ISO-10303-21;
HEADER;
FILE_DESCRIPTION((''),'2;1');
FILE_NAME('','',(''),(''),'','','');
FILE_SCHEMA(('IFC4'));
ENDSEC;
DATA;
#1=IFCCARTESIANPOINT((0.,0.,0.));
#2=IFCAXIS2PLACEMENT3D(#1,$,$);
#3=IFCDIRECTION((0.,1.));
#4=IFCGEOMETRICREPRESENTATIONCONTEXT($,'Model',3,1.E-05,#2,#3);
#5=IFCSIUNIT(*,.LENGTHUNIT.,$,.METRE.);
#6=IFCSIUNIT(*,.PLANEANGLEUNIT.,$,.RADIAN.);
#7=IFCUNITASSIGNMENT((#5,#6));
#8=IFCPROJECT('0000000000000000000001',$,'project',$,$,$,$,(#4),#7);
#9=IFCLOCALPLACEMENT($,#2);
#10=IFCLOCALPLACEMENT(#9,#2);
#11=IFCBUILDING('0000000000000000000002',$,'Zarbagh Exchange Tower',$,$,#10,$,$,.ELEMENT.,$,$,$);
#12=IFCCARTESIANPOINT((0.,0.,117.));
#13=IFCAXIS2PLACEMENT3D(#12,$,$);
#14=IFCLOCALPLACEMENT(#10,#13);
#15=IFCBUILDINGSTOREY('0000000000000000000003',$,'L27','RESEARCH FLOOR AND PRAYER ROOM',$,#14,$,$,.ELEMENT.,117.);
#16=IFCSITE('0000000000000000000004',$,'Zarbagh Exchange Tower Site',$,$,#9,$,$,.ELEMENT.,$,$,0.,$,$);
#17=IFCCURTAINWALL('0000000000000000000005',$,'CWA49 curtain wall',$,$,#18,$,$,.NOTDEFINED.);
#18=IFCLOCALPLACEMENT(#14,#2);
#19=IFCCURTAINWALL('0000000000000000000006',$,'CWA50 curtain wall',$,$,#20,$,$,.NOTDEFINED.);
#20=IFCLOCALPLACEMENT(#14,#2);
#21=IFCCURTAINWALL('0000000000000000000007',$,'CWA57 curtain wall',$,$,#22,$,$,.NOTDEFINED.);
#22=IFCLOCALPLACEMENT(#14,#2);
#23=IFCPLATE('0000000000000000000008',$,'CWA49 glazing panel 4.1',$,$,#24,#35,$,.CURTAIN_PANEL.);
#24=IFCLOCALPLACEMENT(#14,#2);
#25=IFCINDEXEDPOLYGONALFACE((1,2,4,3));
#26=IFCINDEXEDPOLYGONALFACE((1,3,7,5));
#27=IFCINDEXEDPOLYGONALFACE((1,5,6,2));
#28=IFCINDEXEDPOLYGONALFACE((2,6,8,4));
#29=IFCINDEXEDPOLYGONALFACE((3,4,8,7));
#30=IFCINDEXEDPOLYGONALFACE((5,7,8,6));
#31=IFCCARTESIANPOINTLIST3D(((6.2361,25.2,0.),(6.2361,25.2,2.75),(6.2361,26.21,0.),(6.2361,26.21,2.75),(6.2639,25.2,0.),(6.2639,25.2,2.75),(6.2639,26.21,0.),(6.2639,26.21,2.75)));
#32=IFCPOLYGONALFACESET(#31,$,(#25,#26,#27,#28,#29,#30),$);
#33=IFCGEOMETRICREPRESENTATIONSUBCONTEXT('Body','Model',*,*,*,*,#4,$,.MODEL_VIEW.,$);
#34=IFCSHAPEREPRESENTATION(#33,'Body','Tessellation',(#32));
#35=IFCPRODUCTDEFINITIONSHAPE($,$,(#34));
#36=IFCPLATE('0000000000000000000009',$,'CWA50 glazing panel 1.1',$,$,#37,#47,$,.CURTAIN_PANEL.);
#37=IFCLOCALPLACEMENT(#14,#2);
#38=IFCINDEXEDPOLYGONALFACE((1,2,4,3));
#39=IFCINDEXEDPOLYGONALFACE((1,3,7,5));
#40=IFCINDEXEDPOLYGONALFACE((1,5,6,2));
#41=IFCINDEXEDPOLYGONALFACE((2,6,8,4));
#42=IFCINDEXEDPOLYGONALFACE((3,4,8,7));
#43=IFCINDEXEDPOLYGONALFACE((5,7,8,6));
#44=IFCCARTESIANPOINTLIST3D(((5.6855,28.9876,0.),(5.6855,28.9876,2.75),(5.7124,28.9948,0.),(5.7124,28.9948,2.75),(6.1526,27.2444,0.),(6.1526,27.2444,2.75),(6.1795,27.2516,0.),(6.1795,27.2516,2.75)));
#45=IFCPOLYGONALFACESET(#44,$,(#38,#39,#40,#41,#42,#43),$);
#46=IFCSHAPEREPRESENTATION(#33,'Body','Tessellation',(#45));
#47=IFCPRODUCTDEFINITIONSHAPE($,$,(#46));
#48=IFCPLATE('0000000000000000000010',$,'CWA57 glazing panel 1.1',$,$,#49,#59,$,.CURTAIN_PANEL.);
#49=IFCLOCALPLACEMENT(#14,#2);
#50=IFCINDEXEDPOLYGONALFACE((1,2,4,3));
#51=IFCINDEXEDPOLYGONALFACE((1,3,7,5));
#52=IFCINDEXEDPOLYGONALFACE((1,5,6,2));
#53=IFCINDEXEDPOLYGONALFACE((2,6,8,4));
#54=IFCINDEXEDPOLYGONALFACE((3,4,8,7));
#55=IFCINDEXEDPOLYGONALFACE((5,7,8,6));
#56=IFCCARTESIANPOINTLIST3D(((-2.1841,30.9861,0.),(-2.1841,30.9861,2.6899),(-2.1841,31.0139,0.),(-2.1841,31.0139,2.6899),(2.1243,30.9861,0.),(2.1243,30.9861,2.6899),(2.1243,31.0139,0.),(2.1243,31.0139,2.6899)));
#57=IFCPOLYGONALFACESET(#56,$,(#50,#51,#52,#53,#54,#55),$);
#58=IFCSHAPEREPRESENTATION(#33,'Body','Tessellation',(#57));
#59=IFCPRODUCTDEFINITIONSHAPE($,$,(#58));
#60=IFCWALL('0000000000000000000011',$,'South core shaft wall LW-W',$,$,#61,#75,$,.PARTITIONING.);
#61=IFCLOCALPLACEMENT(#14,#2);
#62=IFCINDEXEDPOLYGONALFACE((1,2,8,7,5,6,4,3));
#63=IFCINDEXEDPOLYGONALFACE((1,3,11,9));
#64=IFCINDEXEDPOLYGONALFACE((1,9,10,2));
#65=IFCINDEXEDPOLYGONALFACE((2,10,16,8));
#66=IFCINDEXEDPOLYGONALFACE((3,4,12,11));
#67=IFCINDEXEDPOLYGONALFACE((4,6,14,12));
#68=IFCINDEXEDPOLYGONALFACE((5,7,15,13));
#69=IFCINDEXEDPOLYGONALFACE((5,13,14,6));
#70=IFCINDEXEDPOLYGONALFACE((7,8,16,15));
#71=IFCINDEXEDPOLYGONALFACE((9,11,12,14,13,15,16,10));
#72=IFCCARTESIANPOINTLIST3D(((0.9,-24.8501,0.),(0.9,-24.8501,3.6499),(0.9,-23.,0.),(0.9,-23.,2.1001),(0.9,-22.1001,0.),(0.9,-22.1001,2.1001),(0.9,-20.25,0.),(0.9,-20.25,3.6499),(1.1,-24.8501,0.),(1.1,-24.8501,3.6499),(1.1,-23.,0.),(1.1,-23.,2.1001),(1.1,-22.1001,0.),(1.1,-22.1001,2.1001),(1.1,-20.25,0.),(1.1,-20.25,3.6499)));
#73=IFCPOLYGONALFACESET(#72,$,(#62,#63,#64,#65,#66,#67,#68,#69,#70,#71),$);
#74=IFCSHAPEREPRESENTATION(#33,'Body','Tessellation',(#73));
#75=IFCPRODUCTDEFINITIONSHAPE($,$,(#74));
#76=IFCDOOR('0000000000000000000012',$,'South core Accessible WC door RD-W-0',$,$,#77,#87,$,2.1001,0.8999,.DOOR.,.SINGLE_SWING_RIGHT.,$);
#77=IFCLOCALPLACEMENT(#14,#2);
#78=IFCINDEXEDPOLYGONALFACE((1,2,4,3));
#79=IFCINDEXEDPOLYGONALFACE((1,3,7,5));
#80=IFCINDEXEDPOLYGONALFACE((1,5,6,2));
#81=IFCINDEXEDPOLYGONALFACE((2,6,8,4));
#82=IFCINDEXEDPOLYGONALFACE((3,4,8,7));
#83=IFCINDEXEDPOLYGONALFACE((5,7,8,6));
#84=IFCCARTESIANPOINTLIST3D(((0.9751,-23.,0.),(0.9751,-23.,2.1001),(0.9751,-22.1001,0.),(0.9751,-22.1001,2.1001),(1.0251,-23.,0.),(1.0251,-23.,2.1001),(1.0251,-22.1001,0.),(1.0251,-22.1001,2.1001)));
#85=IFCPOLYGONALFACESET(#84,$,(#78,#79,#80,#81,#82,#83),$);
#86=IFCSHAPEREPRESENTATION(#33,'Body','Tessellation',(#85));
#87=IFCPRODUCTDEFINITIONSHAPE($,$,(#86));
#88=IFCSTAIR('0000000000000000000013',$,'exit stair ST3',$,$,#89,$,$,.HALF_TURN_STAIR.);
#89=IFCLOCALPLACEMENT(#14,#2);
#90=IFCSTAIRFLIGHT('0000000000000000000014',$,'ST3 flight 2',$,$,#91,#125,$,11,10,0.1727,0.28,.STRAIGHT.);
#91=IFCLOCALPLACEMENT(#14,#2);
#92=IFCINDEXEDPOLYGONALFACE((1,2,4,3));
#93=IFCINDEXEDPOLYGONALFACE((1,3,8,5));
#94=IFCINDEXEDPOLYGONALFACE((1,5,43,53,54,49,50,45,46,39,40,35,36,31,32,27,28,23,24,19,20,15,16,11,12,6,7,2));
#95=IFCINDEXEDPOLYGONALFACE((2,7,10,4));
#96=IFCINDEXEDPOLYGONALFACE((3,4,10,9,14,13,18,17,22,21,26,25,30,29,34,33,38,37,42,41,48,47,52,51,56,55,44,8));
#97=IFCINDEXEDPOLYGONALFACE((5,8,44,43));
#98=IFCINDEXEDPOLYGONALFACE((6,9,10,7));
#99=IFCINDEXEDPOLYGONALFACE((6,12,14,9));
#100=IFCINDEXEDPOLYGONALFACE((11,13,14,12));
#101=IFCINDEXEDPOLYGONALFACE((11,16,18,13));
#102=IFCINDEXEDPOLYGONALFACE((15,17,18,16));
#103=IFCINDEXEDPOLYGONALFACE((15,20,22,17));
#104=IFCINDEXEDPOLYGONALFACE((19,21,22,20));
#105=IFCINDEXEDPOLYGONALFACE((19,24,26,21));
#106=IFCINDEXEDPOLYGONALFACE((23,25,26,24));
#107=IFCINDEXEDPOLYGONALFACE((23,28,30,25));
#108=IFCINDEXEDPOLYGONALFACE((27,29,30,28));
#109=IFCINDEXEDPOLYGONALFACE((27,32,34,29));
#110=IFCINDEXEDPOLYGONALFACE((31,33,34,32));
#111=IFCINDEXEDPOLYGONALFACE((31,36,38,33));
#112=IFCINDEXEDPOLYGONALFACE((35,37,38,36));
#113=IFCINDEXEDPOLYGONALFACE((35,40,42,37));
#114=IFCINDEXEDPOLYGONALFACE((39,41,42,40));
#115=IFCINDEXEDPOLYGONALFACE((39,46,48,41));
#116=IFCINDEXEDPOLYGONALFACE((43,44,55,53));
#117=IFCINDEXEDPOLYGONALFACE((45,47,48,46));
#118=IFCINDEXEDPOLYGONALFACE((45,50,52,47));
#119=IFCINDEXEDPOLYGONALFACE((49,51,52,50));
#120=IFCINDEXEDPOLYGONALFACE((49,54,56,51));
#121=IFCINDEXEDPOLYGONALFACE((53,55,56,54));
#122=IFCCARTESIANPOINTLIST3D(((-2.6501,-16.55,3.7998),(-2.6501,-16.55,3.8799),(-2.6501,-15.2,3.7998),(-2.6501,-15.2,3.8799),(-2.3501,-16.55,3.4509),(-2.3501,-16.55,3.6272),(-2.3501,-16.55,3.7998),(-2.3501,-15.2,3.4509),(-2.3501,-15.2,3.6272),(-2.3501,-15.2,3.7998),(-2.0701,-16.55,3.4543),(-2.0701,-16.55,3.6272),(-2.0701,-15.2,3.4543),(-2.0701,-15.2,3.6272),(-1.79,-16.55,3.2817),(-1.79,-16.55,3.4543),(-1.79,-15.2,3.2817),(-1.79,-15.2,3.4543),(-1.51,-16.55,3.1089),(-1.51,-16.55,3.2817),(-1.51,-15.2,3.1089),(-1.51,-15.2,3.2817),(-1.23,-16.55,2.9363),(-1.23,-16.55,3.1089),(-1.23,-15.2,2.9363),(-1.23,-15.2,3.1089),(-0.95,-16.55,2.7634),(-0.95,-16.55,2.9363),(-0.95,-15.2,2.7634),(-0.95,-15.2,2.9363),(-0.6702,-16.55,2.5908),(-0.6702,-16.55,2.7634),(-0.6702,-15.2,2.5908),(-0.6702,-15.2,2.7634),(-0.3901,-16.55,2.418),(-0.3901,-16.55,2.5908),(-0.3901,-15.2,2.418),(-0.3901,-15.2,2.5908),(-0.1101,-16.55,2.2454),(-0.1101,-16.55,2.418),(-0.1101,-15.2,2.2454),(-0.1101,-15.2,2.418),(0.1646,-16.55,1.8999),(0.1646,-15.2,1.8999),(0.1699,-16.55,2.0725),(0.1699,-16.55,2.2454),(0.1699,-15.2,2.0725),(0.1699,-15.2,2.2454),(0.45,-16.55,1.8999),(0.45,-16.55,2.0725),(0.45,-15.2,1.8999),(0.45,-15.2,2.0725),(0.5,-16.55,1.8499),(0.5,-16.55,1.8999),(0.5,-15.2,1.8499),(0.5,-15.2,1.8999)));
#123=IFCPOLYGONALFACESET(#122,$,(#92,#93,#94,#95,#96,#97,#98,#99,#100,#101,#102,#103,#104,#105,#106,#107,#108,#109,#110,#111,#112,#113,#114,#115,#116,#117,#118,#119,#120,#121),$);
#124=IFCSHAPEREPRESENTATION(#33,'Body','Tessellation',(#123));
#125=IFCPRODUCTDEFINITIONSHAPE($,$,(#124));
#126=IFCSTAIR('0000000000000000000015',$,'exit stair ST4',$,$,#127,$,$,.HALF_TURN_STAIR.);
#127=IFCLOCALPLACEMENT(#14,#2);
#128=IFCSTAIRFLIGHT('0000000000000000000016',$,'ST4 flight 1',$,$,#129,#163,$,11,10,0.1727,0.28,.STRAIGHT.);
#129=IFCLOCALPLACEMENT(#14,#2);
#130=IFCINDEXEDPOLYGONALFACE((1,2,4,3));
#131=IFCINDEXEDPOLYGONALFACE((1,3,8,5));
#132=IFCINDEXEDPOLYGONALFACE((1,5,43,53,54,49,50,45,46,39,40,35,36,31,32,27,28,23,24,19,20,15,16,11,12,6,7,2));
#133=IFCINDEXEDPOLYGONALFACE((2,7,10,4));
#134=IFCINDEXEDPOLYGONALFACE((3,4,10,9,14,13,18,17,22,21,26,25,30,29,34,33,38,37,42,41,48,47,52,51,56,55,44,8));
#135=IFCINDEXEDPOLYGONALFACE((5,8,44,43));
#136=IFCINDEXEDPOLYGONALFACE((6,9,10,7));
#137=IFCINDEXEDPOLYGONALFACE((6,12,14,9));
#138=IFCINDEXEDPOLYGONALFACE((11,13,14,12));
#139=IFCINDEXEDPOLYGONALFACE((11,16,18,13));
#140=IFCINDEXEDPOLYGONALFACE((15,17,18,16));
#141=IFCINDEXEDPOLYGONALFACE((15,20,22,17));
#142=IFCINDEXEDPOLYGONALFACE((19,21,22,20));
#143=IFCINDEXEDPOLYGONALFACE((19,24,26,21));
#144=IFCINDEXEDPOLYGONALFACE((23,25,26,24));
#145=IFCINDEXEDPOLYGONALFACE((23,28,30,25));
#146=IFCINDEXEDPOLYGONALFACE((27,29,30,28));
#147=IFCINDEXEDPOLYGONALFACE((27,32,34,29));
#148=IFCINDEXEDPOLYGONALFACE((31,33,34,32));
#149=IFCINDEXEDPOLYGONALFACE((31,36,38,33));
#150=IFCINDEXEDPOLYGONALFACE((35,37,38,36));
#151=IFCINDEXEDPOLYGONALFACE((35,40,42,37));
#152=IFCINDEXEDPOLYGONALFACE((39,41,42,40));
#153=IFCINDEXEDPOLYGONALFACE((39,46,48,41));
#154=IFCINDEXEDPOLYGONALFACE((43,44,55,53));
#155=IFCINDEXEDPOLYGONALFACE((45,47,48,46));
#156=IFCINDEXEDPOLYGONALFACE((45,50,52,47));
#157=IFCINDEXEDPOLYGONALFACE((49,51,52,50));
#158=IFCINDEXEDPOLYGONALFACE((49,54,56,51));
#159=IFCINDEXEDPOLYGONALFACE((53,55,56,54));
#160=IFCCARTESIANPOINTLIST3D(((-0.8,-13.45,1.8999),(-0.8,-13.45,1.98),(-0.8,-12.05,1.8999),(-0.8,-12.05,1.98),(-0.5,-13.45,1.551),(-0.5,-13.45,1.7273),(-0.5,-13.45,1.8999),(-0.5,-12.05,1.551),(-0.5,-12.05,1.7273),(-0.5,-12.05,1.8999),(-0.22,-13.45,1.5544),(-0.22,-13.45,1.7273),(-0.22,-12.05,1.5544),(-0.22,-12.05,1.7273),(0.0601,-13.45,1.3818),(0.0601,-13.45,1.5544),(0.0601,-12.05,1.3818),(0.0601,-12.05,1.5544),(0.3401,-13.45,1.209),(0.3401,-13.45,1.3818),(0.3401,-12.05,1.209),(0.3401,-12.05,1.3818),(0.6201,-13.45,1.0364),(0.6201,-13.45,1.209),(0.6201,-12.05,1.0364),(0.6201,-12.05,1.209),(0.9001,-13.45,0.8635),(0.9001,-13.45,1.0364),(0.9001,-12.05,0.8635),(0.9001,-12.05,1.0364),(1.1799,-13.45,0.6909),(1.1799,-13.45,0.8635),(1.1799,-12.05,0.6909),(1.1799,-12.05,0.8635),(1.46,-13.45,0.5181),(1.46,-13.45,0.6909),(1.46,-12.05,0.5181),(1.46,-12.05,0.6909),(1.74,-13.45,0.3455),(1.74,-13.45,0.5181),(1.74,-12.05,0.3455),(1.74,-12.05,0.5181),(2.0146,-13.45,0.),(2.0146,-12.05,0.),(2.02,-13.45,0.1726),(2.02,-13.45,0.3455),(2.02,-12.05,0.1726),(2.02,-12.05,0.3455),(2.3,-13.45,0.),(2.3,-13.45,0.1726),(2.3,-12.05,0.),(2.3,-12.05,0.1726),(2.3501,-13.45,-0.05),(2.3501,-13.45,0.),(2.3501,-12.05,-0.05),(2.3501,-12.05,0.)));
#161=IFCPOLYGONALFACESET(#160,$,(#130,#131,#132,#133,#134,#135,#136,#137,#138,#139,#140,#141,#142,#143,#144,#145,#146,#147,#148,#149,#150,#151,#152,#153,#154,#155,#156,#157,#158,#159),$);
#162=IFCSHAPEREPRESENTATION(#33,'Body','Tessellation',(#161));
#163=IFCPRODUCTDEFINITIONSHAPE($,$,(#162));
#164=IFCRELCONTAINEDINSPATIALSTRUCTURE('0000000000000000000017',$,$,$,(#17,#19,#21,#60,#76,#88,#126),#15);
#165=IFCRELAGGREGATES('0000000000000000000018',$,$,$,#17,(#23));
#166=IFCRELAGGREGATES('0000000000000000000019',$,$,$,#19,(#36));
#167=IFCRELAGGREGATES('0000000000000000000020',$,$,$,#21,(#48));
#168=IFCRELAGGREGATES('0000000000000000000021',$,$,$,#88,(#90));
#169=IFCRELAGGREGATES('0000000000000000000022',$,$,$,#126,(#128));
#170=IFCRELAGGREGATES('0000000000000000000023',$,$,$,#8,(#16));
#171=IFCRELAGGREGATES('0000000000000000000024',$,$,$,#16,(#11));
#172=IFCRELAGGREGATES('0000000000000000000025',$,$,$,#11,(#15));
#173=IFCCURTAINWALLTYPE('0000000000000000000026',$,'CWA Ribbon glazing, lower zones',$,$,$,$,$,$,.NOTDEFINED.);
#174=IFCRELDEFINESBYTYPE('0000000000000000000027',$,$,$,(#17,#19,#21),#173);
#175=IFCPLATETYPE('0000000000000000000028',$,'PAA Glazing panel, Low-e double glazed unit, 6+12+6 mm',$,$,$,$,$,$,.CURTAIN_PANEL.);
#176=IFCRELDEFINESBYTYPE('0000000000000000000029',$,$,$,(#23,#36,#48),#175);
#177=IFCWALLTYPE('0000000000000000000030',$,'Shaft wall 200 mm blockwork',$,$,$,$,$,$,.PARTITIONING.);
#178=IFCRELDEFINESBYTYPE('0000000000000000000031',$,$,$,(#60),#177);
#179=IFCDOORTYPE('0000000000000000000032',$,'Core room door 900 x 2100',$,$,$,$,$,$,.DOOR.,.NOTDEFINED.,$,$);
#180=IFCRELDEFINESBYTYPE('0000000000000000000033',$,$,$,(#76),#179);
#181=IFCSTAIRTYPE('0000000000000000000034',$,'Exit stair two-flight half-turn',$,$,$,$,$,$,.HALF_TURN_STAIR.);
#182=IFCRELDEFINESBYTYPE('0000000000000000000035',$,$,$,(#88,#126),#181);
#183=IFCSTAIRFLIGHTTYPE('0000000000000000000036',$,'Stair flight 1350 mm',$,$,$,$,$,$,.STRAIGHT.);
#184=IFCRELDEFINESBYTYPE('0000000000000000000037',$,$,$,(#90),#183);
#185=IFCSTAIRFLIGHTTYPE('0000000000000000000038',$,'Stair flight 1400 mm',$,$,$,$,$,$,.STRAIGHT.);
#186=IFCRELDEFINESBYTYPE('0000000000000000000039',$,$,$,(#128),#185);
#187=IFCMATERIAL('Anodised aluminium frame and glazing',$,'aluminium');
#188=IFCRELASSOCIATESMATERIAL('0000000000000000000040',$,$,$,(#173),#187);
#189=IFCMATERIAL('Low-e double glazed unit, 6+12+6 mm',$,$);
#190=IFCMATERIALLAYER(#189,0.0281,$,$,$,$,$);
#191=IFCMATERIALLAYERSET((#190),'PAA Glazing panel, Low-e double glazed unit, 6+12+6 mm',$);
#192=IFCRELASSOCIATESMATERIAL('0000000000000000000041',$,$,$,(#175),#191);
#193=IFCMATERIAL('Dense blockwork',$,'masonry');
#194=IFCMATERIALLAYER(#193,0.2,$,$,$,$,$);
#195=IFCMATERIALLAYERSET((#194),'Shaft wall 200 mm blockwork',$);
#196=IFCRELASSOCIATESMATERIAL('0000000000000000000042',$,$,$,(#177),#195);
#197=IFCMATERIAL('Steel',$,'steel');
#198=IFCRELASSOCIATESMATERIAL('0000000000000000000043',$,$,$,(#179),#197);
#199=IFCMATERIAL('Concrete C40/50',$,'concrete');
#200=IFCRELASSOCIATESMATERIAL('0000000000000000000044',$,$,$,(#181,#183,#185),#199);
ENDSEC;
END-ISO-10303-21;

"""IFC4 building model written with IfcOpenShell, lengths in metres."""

from ifc_helpers import new_model, si_unit, direction, frame, frame_2d, origin, place, context, subcontext, project, spatial, polyline, rectangle, outline, extrude, source, transform, mapped, material, layer, layer_set, type_object, element, fill, aggregate, save


model = new_model("IFC4")

# Units and contexts
model_context = context("Model", 3, precision=1e-05, world=origin(), true_north=direction((0.0, 1.0)))
body_context = subcontext(model_context, "Body", "Model", "MODEL_VIEW")
ifc_project = project(units=[si_unit("LENGTHUNIT", "METRE"), si_unit("PLANEANGLEUNIT", "RADIAN")], contexts=[model_context])

# Site, building, storey
site_placement = place(None, origin())
site = spatial("IfcSite", under=ifc_project, at=site_placement, Name="Zarbagh Exchange Tower Site", CompositionType="ELEMENT", RefElevation=0.0)
building_placement = place(site_placement, origin())
building = spatial("IfcBuilding", under=site, at=building_placement, Name="Zarbagh Exchange Tower", CompositionType="ELEMENT")
storey_placement = place(building_placement, frame((0.0, 0.0, 117.0)))
storey = spatial("IfcBuildingStorey", under=building, at=storey_placement, Name="L27", Description="RESEARCH FLOOR AND PRAYER ROOM", CompositionType="ELEMENT", Elevation=117.0)

# Curtain walls
ifc_material_1 = material(Name="Anodised aluminium frame and glazing", Category="aluminium")
curtain_wall_type = type_object("IfcCurtainWallType", Name="CWA Ribbon glazing, lower zones", PredefinedType="NOTDEFINED", material=ifc_material_1)
curtain_wall_1_placement = place(storey_placement, origin())
curtain_wall_1 = element("IfcCurtainWall", 1, at=curtain_wall_1_placement, inside=storey, type_object=curtain_wall_type, Name="CWA49 curtain wall", PredefinedType="NOTDEFINED")
placement = place(storey_placement, origin())
curtain_wall_2_placement = place(storey_placement, origin())
curtain_wall_2 = element("IfcCurtainWall", 2, at=curtain_wall_2_placement, inside=storey, type_object=curtain_wall_type, Name="CWA50 curtain wall", PredefinedType="NOTDEFINED")
curtain_wall_3_placement = place(storey_placement, origin())
curtain_wall_3 = element("IfcCurtainWall", 3, at=curtain_wall_3_placement, inside=storey, type_object=curtain_wall_type, Name="CWA57 curtain wall", PredefinedType="NOTDEFINED")

# Shared definitions
ifc_material_2 = material(Name="Low-e double glazed unit, 6+12+6 mm")
ifc_layer_1 = layer(ifc_material_2, 0.0281)
ifc_layer_set_1 = layer_set([ifc_layer_1], Name="PAA Glazing panel, Low-e double glazed unit, 6+12+6 mm")
plate_type = type_object("IfcPlateType", Name="PAA Glazing panel, Low-e double glazed unit, 6+12+6 mm", PredefinedType="CURTAIN_PANEL", material=ifc_layer_set_1)

# Plates
shared_shape_1 = source(origin(), body_context, "Body", "SweptSolid", [
    extrude(outline(polyline([(0.0, -0.0139), (1.01, -0.0139), (1.01, 0.0139), (0.0, 0.0139), (0.0, -0.0139)])), origin(), (0.0, 0.0, 1.0), 2.75),
])
plate_1 = element("IfcPlate", 4, at=placement, type_object=plate_type, Name="CWA49 glazing panel 4.1", PredefinedType="CURTAIN_PANEL", context=body_context, shape_type="MappedRepresentation", body=[
    mapped(shared_shape_1, transform((6.25, 25.2, 0.0), x_axis=(0.0, 1.0, 0.0), y_axis=(-1.0, 0.0, 0.0), z_axis=(0.0, 0.0, 1.0))),
])
aggregate(curtain_wall_1, [plate_1])
shared_shape_2 = source(origin(), body_context, "Body", "SweptSolid", [
    extrude(outline(polyline([(0.0, -0.0139), (1.8047, -0.0139), (1.8047, 0.0139), (0.0, 0.0139), (0.0, -0.0139)])), origin(), (0.0, 0.0, 1.0), 2.75),
])
plate_2 = element("IfcPlate", 5, at=placement, type_object=plate_type, Name="CWA50 glazing panel 1.1", PredefinedType="CURTAIN_PANEL", context=body_context, shape_type="MappedRepresentation", body=[
    mapped(shared_shape_2, transform((6.166, 27.248, 0.0), x_axis=(-0.258825, 0.965924, 0.0), y_axis=(-0.965924, -0.258825, 0.0), z_axis=(0.0, 0.0, 1.0))),
])
aggregate(curtain_wall_2, [plate_2])
shared_shape_3 = source(origin(), body_context, "Body", "SweptSolid", [
    extrude(outline(polyline([(0.0, -0.0139), (4.3083, -0.0139), (4.3083, 0.0139), (0.0, 0.0139), (0.0, -0.0139)])), origin(), (0.0, 0.0, 1.0), 2.6899),
])
plate_3 = element("IfcPlate", 6, at=placement, type_object=plate_type, Name="CWA57 glazing panel 1.1", PredefinedType="CURTAIN_PANEL", context=body_context, shape_type="MappedRepresentation", body=[
    mapped(shared_shape_3, transform((2.1243, 31.0, 0.0), x_axis=(-1.0, 0.0, 0.0), y_axis=(0.0, -1.0, 0.0), z_axis=(0.0, 0.0, 1.0))),
])
aggregate(curtain_wall_3, [plate_3])

# Wall, opening, door
ifc_material_3 = material(Name="Dense blockwork", Category="masonry")
ifc_layer_2 = layer(ifc_material_3, 0.2)
ifc_layer_set_2 = layer_set([ifc_layer_2], Name="Shaft wall 200 mm blockwork")
wall_type = type_object("IfcWallType", Name="Shaft wall 200 mm blockwork", PredefinedType="PARTITIONING", material=ifc_layer_set_2)
wall_placement = place(storey_placement, frame((1.0, -24.8501, 0.0), z_axis=(0.0, 0.0, 1.0), x_axis=(0.0, 1.0, 0.0)))
wall = element("IfcWall", 7, at=wall_placement, inside=storey, type_object=wall_type, Name="South core shaft wall LW-W", PredefinedType="PARTITIONING", context=body_context, shape_type="SweptSolid", body=[
    extrude(rectangle(XDim=4.6001, YDim=0.2, at=frame_2d((2.3, 0.0))), origin(), (0.0, 0.0, 1.0), 3.6499),
])
opening_placement = place(wall_placement, frame((1.8501, 0.0, 0.0)))
opening = element("IfcOpeningElement", 8, at=opening_placement, cuts=wall, PredefinedType="OPENING", context=body_context, shape_type="SweptSolid", body=[
    extrude(rectangle(XDim=0.8999, YDim=2.1001, at=frame_2d((0.45, 1.05))), frame((0.0, 0.1099, 0.0), z_axis=(0.0, -1.0, 0.0), x_axis=(1.0, 0.0, 0.0)), (0.0, 0.0, 1.0), 0.22),
])
ifc_material_4 = material(Name="Steel", Category="steel")
door_type = type_object("IfcDoorType", Name="Core room door 900 x 2100", OperationType="NOTDEFINED", PredefinedType="DOOR", material=ifc_material_4)
door_placement = place(opening_placement, origin())
door = element("IfcDoor", 9, at=door_placement, inside=storey, type_object=door_type, Name="South core Accessible WC door RD-W-0", OperationType="SINGLE_SWING_RIGHT", OverallHeight=2.1001, OverallWidth=0.8999, PredefinedType="DOOR", context=body_context, shape_type="SweptSolid", body=[
    extrude(rectangle(XDim=0.8999, YDim=2.1001, at=frame_2d((0.45, 1.05))), frame((0.0, 0.0249, 0.0), z_axis=(0.0, -1.0, 0.0), x_axis=(1.0, 0.0, 0.0)), (0.0, 0.0, 1.0), 0.05),
])
fill(opening, door)

# Stairs, stair flights
ifc_material_5 = material(Name="Concrete C40/50", Category="concrete")
stair_type = type_object("IfcStairType", Name="Exit stair two-flight half-turn", PredefinedType="HALF_TURN_STAIR", material=ifc_material_5)
stair_1_placement = place(storey_placement, origin())
stair_1 = element("IfcStair", 10, at=stair_1_placement, inside=storey, type_object=stair_type, Name="exit stair ST3", PredefinedType="HALF_TURN_STAIR")
stair_flight_type_1 = type_object("IfcStairFlightType", Name="Stair flight 1350 mm", PredefinedType="STRAIGHT", material=ifc_material_5)
stair_flight_1_placement = place(storey_placement, frame((0.45, -15.875, 1.8999), z_axis=(0.0, 0.0, 1.0), x_axis=(-1.0, 0.0, 0.0)))
stair_flight_1 = element("IfcStairFlight", 11, at=stair_flight_1_placement, type_object=stair_flight_type_1, Name="ST3 flight 2", NumberOfRisers=11, NumberOfTreads=10, PredefinedType="STRAIGHT", RiserHeight=0.1727, TreadLength=0.28, context=body_context, shape_type="SweptSolid", body=[
    extrude(outline(polyline([(-0.05, -0.05), (-0.05, 0.0), (0.0, 0.0), (0.0, 0.1726), (0.28, 0.1726), (0.28, 0.3455), (0.5601, 0.3455), (0.5601, 0.5181), (0.8401, 0.5181), (0.8401, 0.6909), (1.1201, 0.6909), (1.1201, 0.8635), (1.3999, 0.8635), (1.3999, 1.0364), (1.6799, 1.0364), (1.6799, 1.209), (1.96, 1.209), (1.96, 1.3818), (2.24, 1.3818), (2.24, 1.5544), (2.52, 1.5544), (2.52, 1.7273), (2.8, 1.7273), (2.8, 1.8999), (3.1001, 1.98), (3.1001, 1.8999), (2.8, 1.551), (0.2854, 0.0), (-0.05, -0.05)])), frame((0.0, 0.675, 0.0), z_axis=(0.0, -1.0, 0.0), x_axis=(1.0, 0.0, 0.0)), (0.0, 0.0, 1.0), 1.3501),
])
aggregate(stair_1, [stair_flight_1])
stair_2_placement = place(storey_placement, origin())
stair_2 = element("IfcStair", 12, at=stair_2_placement, inside=storey, type_object=stair_type, Name="exit stair ST4", PredefinedType="HALF_TURN_STAIR")
stair_flight_type_2 = type_object("IfcStairFlightType", Name="Stair flight 1400 mm", PredefinedType="STRAIGHT", material=ifc_material_5)
stair_flight_2_placement = place(storey_placement, frame((2.3, -12.75, 0.0), z_axis=(0.0, 0.0, 1.0), x_axis=(-1.0, 0.0, 0.0)))
stair_flight_2 = element("IfcStairFlight", 13, at=stair_flight_2_placement, type_object=stair_flight_type_2, Name="ST4 flight 1", NumberOfRisers=11, NumberOfTreads=10, PredefinedType="STRAIGHT", RiserHeight=0.1727, TreadLength=0.28, context=body_context, shape_type="SweptSolid", body=[
    extrude(outline(polyline([(-0.05, -0.05), (-0.05, 0.0), (0.0, 0.0), (0.0, 0.1726), (0.28, 0.1726), (0.28, 0.3455), (0.5601, 0.3455), (0.5601, 0.5181), (0.8401, 0.5181), (0.8401, 0.6909), (1.1201, 0.6909), (1.1201, 0.8635), (1.3999, 0.8635), (1.3999, 1.0364), (1.6799, 1.0364), (1.6799, 1.209), (1.96, 1.209), (1.96, 1.3818), (2.24, 1.3818), (2.24, 1.5544), (2.52, 1.5544), (2.52, 1.7273), (2.8, 1.7273), (2.8, 1.8999), (3.1001, 1.98), (3.1001, 1.8999), (2.8, 1.551), (0.2854, 0.0), (-0.05, -0.05)])), frame((0.0, 0.7, 0.0), z_axis=(0.0, -1.0, 0.0), x_axis=(1.0, 0.0, 0.0)), (0.0, 0.0, 1.0), 1.3999),
])
aggregate(stair_2, [stair_flight_2])

save(model, "model.ifc")
